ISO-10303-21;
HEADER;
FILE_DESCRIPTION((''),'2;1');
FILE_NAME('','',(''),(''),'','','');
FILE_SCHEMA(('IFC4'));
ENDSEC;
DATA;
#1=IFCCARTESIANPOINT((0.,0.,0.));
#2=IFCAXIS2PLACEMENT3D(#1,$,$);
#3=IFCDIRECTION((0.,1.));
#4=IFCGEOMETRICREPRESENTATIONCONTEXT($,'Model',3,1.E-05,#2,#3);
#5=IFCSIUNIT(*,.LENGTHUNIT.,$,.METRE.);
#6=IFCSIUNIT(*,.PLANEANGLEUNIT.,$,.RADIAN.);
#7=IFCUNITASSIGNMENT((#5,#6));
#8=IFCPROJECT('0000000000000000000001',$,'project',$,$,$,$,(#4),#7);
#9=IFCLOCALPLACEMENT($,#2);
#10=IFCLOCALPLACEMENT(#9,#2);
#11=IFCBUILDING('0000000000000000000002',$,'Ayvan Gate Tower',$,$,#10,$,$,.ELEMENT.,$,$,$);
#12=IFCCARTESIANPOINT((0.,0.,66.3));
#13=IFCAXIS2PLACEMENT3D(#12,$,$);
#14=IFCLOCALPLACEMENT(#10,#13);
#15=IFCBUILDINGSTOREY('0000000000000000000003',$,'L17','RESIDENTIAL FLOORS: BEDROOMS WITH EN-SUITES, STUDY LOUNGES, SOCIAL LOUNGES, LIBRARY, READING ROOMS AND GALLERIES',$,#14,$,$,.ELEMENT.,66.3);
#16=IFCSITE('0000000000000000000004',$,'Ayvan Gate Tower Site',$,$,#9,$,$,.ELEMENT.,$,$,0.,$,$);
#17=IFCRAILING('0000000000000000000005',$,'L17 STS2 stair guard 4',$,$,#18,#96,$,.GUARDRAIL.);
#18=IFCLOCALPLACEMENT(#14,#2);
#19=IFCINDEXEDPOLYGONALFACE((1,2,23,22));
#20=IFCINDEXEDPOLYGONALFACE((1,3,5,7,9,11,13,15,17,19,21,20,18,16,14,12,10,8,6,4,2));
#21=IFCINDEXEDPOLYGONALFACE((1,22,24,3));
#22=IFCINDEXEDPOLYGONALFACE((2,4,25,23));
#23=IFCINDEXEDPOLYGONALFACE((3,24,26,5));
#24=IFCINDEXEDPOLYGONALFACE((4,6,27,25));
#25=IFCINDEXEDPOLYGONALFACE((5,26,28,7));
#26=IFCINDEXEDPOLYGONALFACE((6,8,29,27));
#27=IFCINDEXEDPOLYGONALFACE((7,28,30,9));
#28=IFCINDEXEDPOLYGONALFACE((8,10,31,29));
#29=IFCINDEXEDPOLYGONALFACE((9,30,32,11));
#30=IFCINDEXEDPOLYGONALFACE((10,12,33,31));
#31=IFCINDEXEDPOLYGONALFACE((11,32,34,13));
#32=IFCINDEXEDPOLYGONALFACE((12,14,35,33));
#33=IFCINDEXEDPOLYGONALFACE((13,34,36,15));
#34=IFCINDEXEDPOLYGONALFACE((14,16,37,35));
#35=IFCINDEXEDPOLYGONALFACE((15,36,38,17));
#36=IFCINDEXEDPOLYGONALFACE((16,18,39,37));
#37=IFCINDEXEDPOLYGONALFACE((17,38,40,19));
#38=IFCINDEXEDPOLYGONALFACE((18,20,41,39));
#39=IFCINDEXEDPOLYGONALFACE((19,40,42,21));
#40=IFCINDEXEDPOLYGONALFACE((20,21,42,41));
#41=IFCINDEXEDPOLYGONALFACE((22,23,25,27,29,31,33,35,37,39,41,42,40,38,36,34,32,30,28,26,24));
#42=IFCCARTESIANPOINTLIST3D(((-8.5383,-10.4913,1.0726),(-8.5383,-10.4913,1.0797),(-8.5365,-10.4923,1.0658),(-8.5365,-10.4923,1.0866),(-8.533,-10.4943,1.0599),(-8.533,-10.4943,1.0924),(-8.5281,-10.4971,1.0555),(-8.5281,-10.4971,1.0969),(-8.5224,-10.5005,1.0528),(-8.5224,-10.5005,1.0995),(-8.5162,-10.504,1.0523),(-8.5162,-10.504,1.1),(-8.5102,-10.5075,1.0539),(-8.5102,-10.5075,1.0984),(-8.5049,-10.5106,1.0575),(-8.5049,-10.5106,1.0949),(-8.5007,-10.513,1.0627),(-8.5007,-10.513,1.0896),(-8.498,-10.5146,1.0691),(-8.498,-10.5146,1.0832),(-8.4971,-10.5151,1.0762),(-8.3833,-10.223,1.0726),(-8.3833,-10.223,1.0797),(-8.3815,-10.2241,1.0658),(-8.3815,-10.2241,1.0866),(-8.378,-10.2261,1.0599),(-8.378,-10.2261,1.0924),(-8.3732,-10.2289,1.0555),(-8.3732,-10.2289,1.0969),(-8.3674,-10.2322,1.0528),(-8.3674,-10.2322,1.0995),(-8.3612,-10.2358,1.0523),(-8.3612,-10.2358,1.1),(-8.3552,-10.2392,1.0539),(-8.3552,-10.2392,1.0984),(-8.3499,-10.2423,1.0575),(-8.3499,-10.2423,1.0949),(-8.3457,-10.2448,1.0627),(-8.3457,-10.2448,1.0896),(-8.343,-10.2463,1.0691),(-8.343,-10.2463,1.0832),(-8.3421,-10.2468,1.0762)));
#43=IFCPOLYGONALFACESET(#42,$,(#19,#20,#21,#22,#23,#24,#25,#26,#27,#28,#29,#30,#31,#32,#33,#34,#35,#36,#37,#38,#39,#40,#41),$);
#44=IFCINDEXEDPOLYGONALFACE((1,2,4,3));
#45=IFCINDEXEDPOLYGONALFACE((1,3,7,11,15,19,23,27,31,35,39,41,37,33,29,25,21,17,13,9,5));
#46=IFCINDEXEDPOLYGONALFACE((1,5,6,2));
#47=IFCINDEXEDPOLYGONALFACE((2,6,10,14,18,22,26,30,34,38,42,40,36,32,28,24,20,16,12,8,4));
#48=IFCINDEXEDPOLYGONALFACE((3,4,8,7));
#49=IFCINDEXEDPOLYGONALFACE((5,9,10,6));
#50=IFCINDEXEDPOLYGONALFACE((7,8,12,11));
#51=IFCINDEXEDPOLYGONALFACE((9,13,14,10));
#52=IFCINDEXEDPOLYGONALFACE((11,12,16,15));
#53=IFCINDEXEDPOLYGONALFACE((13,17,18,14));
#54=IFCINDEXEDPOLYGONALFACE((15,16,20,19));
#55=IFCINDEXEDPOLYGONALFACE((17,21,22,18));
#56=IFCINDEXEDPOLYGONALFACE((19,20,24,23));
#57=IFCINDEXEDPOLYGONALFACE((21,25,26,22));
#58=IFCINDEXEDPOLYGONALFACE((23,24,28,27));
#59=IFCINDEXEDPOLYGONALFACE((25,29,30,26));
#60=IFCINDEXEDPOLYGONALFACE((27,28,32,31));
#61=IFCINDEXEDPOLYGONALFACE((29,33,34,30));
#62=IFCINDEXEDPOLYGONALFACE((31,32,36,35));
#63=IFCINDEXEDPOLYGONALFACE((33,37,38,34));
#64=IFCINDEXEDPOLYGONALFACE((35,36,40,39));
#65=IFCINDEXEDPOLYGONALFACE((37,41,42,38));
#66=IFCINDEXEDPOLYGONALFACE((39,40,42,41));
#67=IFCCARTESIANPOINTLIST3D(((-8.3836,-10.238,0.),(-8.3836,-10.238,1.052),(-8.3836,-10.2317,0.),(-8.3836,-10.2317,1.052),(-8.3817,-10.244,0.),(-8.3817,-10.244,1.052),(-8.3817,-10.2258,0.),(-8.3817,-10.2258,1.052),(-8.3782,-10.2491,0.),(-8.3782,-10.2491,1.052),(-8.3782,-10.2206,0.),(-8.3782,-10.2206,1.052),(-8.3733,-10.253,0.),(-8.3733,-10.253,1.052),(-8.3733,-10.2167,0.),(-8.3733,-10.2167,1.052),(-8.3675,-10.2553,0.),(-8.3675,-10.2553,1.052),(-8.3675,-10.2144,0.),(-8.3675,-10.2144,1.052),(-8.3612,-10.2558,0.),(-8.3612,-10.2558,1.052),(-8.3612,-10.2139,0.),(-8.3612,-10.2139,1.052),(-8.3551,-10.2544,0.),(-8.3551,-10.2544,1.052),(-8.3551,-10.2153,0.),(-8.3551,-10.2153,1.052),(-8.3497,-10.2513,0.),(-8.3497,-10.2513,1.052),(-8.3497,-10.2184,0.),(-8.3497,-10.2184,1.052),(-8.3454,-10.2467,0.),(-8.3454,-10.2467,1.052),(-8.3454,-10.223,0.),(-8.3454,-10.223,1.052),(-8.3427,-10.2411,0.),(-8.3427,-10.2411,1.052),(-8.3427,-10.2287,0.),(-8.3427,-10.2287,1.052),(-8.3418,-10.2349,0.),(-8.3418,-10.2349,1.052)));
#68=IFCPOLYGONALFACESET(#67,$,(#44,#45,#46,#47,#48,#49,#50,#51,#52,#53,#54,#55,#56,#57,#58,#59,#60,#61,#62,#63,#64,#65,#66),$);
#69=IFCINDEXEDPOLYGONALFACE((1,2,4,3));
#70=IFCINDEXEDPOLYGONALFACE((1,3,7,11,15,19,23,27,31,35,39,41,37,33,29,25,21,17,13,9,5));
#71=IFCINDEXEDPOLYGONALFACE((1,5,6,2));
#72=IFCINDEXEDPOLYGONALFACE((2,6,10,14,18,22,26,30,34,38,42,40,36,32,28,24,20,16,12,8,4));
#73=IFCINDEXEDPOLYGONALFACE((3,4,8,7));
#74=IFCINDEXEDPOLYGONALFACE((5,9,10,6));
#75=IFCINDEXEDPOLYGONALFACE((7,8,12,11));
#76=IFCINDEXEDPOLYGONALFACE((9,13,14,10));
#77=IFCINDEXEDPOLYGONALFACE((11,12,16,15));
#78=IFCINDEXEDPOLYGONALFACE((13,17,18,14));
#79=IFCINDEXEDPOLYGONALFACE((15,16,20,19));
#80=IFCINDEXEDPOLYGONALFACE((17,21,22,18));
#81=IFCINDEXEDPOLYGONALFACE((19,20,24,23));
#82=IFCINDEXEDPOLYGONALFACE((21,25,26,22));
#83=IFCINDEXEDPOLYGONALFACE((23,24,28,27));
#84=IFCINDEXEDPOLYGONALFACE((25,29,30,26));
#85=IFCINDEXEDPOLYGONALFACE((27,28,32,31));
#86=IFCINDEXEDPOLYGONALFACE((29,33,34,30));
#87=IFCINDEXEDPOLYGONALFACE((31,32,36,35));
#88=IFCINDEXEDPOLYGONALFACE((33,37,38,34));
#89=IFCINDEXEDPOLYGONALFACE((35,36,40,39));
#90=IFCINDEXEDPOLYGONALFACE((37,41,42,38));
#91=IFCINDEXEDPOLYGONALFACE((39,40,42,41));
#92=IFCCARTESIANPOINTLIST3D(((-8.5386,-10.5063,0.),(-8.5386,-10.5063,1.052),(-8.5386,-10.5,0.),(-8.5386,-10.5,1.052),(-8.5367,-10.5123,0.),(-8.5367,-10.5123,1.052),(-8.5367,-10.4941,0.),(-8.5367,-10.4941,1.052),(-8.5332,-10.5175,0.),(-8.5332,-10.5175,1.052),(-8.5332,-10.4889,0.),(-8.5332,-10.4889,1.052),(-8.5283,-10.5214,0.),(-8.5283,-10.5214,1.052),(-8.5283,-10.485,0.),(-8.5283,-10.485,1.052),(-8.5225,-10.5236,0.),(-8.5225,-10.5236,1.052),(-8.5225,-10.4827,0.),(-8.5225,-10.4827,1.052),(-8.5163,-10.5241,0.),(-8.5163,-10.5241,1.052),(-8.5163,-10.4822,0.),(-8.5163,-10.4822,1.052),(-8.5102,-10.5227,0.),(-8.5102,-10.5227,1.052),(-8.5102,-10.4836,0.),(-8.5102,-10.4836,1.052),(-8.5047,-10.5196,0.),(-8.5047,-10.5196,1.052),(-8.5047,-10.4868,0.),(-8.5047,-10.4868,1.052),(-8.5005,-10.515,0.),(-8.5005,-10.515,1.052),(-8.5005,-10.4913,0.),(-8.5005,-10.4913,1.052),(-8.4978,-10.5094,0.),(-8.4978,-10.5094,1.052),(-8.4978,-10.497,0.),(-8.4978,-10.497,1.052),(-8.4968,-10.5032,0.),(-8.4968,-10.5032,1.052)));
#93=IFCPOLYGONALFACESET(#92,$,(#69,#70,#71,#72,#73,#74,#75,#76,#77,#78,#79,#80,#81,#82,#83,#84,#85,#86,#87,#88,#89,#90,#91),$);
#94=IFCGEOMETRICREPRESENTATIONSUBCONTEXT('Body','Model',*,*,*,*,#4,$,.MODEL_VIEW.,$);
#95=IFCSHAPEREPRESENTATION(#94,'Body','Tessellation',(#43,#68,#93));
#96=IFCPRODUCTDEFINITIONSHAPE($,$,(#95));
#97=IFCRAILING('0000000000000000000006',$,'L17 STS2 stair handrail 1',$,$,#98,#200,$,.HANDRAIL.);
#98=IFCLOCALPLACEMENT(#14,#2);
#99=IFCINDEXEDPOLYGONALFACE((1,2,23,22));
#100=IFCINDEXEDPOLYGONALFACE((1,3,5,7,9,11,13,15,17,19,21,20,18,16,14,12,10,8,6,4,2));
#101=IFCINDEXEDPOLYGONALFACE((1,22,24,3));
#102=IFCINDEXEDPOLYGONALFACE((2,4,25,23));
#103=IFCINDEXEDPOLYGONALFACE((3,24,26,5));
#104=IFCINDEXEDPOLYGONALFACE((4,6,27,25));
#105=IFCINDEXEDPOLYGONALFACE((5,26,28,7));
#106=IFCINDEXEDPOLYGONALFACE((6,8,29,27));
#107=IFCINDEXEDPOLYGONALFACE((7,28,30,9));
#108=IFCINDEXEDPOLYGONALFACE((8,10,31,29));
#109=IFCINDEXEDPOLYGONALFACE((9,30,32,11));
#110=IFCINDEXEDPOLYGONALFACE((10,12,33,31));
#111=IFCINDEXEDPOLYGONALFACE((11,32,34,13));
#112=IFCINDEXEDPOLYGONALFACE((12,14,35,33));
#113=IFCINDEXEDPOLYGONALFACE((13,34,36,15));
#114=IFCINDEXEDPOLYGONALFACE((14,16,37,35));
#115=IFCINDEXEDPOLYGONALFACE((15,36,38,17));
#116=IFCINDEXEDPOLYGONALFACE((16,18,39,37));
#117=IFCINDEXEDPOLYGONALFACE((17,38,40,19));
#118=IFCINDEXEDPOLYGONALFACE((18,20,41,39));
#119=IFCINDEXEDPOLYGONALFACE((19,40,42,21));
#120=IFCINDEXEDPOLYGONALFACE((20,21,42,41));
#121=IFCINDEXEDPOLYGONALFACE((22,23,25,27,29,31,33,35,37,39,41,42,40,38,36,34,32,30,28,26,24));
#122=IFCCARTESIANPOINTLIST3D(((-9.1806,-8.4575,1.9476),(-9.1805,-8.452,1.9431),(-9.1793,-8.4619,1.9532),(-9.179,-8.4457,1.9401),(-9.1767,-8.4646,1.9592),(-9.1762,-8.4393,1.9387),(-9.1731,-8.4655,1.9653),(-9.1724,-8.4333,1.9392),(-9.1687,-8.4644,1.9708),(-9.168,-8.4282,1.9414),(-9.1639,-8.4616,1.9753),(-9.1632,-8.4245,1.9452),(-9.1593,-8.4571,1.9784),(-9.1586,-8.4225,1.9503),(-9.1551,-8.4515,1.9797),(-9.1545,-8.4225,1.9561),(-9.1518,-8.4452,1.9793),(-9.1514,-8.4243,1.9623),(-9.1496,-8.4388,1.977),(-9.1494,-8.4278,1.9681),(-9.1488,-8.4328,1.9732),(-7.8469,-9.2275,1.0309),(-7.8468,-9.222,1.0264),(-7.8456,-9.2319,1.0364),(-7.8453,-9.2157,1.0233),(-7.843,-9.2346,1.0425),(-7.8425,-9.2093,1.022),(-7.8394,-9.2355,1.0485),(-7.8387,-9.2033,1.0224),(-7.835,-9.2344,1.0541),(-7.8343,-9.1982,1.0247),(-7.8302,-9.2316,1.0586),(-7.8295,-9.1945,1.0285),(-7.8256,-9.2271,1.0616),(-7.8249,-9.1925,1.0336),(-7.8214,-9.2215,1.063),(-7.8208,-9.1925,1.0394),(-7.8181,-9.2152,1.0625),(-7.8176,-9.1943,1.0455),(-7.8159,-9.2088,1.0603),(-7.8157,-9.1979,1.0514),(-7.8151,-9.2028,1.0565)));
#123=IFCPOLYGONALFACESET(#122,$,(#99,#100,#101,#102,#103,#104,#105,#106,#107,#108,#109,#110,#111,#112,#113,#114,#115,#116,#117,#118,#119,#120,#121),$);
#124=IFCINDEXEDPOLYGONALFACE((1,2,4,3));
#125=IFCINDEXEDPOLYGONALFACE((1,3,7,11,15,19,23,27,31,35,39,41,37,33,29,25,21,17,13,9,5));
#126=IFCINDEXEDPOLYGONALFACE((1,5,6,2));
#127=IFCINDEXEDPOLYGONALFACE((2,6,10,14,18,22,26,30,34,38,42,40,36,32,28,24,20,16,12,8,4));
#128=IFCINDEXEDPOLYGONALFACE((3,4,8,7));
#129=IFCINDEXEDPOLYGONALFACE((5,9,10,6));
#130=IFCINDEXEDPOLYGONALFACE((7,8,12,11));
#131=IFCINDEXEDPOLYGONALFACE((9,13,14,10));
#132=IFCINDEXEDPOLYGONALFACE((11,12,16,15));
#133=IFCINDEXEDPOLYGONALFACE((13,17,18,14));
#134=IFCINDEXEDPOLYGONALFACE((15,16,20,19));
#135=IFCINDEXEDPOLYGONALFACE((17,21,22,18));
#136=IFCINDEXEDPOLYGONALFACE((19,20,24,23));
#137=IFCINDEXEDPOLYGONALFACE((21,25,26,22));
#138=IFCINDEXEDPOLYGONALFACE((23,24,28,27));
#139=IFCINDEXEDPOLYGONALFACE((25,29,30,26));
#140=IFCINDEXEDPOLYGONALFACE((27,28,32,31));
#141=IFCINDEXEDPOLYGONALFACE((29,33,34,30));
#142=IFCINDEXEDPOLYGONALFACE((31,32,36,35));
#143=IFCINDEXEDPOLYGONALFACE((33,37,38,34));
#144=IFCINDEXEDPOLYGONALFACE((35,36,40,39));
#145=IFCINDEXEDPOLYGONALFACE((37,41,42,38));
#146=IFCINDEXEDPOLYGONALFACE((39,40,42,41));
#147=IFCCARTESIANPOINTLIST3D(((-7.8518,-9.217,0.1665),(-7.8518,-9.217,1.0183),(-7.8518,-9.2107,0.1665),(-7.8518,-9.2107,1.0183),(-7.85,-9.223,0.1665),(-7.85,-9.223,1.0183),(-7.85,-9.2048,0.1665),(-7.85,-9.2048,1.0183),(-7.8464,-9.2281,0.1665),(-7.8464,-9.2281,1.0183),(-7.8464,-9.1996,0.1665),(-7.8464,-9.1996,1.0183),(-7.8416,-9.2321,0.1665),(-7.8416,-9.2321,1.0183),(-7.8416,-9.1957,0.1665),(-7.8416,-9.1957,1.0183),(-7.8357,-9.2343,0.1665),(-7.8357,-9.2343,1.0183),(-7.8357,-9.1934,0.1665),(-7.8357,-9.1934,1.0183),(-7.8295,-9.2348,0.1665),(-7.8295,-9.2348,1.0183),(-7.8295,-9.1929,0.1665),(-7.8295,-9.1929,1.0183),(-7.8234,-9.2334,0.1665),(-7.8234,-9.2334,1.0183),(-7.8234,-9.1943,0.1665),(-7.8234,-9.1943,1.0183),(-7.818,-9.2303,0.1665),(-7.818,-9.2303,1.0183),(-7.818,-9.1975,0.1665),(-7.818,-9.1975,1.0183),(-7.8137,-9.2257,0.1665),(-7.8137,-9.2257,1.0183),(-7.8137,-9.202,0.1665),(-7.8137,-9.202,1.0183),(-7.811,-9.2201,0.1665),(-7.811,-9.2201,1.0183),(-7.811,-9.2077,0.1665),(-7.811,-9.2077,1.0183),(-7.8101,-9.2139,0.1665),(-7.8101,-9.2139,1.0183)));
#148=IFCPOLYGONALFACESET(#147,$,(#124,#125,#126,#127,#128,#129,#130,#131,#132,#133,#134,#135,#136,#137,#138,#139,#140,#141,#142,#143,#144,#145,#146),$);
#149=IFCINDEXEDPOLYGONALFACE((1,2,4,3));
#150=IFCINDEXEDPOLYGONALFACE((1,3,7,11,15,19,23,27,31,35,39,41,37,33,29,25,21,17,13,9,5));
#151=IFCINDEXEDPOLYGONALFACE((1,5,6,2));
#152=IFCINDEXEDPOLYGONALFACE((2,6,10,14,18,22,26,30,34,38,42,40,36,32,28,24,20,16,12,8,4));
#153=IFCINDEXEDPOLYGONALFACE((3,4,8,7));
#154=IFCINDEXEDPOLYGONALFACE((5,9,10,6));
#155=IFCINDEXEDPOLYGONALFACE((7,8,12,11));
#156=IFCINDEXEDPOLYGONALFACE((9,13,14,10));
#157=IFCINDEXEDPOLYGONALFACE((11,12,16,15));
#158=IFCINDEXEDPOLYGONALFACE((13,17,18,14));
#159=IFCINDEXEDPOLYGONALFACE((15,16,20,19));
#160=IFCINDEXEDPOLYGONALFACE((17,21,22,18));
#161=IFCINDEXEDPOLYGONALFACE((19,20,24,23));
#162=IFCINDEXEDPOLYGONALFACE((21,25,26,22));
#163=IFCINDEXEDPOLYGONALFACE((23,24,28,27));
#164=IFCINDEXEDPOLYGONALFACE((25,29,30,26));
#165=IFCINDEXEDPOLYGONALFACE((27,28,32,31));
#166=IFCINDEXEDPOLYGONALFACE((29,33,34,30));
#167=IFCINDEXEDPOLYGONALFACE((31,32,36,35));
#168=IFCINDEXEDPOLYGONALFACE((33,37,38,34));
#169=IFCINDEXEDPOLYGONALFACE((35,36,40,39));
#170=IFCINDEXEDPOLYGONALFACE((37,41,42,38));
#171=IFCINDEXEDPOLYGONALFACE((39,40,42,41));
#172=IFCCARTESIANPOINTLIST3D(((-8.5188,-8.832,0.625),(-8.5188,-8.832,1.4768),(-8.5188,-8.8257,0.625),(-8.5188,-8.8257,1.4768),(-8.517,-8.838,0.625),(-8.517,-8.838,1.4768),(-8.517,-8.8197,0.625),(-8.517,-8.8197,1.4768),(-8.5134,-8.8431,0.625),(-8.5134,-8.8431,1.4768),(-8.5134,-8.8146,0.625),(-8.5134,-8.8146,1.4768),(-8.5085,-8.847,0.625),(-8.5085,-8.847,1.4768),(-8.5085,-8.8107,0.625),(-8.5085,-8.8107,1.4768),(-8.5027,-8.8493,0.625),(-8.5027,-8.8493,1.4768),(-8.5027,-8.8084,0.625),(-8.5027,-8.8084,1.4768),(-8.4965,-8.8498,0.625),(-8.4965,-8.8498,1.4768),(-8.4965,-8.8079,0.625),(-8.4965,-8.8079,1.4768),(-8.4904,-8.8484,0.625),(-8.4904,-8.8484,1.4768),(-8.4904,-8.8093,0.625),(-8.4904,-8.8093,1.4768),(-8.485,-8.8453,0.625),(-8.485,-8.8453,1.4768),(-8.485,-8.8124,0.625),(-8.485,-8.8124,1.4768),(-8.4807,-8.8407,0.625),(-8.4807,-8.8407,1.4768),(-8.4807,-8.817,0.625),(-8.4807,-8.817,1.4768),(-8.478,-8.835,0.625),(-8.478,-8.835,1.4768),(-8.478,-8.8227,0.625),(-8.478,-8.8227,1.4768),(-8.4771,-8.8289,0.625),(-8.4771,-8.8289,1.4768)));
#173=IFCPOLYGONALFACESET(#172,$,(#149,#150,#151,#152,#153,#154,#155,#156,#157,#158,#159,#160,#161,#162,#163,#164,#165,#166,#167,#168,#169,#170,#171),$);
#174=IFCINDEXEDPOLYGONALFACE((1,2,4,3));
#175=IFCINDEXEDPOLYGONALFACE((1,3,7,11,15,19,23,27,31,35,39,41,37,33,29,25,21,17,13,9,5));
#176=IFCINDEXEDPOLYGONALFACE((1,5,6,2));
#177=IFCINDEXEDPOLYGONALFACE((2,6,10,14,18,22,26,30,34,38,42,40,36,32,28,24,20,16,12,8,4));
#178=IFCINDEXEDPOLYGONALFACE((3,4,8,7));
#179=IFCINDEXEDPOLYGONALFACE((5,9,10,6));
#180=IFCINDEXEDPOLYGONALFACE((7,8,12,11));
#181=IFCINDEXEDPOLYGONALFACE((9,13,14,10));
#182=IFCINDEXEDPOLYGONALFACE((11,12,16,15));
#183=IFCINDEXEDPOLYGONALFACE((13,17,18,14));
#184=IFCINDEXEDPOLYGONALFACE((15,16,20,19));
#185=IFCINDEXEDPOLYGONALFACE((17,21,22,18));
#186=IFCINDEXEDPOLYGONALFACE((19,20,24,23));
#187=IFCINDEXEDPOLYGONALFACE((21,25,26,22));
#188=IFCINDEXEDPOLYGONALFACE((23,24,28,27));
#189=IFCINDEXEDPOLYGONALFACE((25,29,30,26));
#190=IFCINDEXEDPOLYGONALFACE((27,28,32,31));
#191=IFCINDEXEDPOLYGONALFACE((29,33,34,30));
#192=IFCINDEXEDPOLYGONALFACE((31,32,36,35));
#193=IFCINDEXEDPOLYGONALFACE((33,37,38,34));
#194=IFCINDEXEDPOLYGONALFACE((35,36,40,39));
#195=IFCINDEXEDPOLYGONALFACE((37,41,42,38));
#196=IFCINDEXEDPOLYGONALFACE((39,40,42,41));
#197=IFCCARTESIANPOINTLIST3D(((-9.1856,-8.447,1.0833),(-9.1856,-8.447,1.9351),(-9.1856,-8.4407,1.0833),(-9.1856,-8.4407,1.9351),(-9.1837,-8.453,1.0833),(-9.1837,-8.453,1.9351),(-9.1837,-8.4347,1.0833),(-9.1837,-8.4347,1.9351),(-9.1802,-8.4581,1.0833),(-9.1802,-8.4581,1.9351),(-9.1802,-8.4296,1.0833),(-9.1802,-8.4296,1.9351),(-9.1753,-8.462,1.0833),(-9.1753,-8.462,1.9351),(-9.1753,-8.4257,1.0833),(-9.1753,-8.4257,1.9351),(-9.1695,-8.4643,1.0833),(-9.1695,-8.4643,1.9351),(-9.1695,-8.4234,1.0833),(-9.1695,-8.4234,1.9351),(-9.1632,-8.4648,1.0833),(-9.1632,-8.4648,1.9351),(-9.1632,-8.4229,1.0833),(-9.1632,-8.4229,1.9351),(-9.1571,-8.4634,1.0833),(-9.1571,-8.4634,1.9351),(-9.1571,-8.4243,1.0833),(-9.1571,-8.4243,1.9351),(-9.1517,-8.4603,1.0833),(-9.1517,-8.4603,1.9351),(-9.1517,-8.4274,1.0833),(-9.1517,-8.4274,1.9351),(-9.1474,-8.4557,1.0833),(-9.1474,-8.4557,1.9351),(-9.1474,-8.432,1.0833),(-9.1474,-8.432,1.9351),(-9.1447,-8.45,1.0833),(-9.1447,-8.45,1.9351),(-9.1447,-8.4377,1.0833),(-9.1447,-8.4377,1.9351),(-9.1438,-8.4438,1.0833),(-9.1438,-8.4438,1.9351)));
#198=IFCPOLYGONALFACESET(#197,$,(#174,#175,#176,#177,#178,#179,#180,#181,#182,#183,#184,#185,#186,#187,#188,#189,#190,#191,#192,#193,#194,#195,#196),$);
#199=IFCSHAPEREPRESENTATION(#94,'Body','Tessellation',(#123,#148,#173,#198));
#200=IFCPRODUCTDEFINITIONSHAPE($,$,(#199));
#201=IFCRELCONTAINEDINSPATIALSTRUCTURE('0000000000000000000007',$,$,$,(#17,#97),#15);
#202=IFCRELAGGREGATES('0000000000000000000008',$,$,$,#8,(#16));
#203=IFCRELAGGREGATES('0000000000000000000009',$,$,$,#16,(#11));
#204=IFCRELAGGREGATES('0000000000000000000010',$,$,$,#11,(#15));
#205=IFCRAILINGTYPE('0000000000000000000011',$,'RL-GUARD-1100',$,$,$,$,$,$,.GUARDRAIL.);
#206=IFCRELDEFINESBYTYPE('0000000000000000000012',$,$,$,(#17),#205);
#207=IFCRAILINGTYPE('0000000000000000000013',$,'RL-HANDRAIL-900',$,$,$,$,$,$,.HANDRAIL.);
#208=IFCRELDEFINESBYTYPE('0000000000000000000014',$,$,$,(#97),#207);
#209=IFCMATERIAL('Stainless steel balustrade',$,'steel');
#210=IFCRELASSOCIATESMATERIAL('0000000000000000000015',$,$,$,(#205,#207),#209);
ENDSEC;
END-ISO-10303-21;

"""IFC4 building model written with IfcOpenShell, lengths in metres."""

from ifc_helpers import new_model, si_unit, direction, frame, origin, origin_2d, place, context, subcontext, project, spatial, circle, extrude, material, type_object, element, save


model = new_model("IFC4")

# Units and contexts
model_context = context("Model", 3, precision=1e-05, world=origin(), true_north=direction((0.0, 1.0)))
body_context = subcontext(model_context, "Body", "Model", "MODEL_VIEW")
ifc_project = project(units=[si_unit("LENGTHUNIT", "METRE"), si_unit("PLANEANGLEUNIT", "RADIAN")], contexts=[model_context])

# Site, building, storey
site_placement = place(None, origin())
site = spatial("IfcSite", under=ifc_project, at=site_placement, Name="Ayvan Gate Tower Site", CompositionType="ELEMENT", RefElevation=0.0)
building_placement = place(site_placement, origin())
building = spatial("IfcBuilding", under=site, at=building_placement, Name="Ayvan Gate Tower", CompositionType="ELEMENT")
storey_placement = place(building_placement, frame((0.0, 0.0, 66.3)))
storey = spatial("IfcBuildingStorey", under=building, at=storey_placement, Name="L17", Description="RESIDENTIAL FLOORS: BEDROOMS WITH EN-SUITES, STUDY LOUNGES, SOCIAL LOUNGES, LIBRARY, READING ROOMS AND GALLERIES", CompositionType="ELEMENT", Elevation=66.3)

# Railings
ifc_material_1 = material(Name="Stainless steel balustrade", Category="steel")
railing_type_1 = type_object("IfcRailingType", Name="RL-GUARD-1100", PredefinedType="GUARDRAIL", material=ifc_material_1)
railing_1_placement = place(storey_placement, frame((-8.3628, -10.2349, 0.0)))
element("IfcRailing", 1, at=railing_1_placement, inside=storey, type_object=railing_type_1, Name="L17 STS2 stair guard 4", PredefinedType="GUARDRAIL", context=body_context, shape_type="SweptSolid", body=[
    extrude(circle(Radius=0.0239, at=origin_2d()), frame((0.0, 0.0, 1.0762), z_axis=(-0.500291, -0.865857, 0.0), x_axis=(0.865857, -0.500291, 0.0)), (0.0, 0.0, 1.0), 0.3098),
    extrude(circle(Radius=0.021, at=origin_2d()), origin(), (0.0, 0.0, 1.0), 1.052),
    extrude(circle(Radius=0.021, at=origin_2d()), frame((-0.155, -0.2683, 0.0)), (0.0, 0.0, 1.0), 1.052),
])
railing_type_2 = type_object("IfcRailingType", Name="RL-HANDRAIL-900", PredefinedType="HANDRAIL", material=ifc_material_1)
railing_2_placement = place(storey_placement, frame((-7.8311, -9.2139, 0.1665)))
element("IfcRailing", 2, at=railing_2_placement, inside=storey, type_object=railing_type_2, Name="L17 STS2 stair handrail 1", PredefinedType="HANDRAIL", context=body_context, shape_type="SweptSolid", body=[
    extrude(circle(Radius=0.0239, at=origin_2d()), frame((0.0, 0.0, 0.876), z_axis=(-0.744164, 0.429634, 0.511502), x_axis=(-0.499992, -0.86603, 0.0)), (0.0, 0.0, 1.0), 1.7922),
    extrude(circle(Radius=0.021, at=origin_2d()), origin(), (0.0, 0.0, 1.0), 0.8518),
    extrude(circle(Radius=0.021, at=origin_2d()), frame((-0.667, 0.385, 0.4585)), (0.0, 0.0, 1.0), 0.8518),
    extrude(circle(Radius=0.021, at=origin_2d()), frame((-1.3337, 0.77, 0.9167)), (0.0, 0.0, 1.0), 0.8518),
])

save(model, "model.ifc")
